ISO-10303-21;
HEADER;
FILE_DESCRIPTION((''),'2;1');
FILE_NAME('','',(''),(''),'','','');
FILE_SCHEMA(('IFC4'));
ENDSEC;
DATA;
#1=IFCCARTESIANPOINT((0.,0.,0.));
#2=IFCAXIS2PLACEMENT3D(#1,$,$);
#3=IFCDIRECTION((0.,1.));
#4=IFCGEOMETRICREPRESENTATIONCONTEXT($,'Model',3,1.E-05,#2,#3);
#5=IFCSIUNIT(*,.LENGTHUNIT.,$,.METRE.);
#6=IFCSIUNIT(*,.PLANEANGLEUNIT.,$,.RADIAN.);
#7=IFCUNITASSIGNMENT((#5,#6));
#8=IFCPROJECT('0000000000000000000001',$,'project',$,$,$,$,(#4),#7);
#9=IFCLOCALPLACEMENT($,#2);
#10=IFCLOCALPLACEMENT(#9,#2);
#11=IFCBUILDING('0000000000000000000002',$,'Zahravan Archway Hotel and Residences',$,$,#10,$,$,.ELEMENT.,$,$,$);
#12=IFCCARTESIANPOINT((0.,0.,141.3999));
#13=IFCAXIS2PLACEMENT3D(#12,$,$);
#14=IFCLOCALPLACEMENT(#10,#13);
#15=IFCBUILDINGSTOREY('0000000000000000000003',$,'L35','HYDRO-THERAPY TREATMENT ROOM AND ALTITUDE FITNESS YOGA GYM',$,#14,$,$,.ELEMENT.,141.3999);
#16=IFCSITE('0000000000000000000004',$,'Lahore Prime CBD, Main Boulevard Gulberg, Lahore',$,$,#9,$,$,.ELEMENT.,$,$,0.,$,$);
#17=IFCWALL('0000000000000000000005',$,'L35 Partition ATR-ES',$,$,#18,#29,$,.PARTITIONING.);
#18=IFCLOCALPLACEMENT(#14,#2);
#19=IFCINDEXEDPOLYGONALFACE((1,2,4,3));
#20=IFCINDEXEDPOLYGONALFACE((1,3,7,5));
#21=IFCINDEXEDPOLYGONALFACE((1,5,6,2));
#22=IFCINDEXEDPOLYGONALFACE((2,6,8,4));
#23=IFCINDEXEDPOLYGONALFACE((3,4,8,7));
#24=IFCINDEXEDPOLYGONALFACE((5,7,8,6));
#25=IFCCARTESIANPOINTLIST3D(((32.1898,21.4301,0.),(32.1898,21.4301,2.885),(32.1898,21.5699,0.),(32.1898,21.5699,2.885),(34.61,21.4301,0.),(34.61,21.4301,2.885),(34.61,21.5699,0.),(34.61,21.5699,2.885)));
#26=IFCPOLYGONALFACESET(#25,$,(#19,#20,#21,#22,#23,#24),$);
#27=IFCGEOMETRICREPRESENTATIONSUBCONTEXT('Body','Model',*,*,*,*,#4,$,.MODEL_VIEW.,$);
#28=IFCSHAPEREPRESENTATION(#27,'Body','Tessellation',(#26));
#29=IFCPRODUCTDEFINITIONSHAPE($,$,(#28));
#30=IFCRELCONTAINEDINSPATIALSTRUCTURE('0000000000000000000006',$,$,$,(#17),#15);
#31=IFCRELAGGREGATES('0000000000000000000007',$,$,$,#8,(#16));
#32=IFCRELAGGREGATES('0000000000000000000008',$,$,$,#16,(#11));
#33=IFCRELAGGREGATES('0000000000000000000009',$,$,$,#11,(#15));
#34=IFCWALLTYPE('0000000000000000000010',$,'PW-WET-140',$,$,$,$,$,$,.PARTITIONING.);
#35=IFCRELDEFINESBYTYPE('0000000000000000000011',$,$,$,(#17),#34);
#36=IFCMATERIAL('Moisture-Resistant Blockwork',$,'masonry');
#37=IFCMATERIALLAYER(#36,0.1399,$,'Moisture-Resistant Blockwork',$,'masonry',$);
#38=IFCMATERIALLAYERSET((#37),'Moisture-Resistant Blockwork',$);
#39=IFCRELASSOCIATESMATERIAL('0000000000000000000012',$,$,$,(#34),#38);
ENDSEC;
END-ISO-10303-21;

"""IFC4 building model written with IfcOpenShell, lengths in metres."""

from ifc_helpers import new_model, si_unit, direction, frame, frame_2d, origin, place, context, subcontext, project, spatial, rectangle, extrude, material, layer, layer_set, type_object, element, save


model = new_model("IFC4")

# Units and contexts
model_context = context("Model", 3, precision=1e-05, world=origin(), true_north=direction((0.0, 1.0)))
body_context = subcontext(model_context, "Body", "Model", "MODEL_VIEW")
ifc_project = project(units=[si_unit("LENGTHUNIT", "METRE"), si_unit("PLANEANGLEUNIT", "RADIAN")], contexts=[model_context])

# Site, building, storey
site_placement = place(None, origin())
site = spatial("IfcSite", under=ifc_project, at=site_placement, Name="Lahore Prime CBD, Main Boulevard Gulberg, Lahore", CompositionType="ELEMENT", RefElevation=0.0)
building_placement = place(site_placement, origin())
building = spatial("IfcBuilding", under=site, at=building_placement, Name="Zahravan Archway Hotel and Residences", CompositionType="ELEMENT")
storey_placement = place(building_placement, frame((0.0, 0.0, 141.3999)))
storey = spatial("IfcBuildingStorey", under=building, at=storey_placement, Name="L35", Description="HYDRO-THERAPY TREATMENT ROOM AND ALTITUDE FITNESS YOGA GYM", CompositionType="ELEMENT", Elevation=141.3999)

# Wall
ifc_material_1 = material(Name="Moisture-Resistant Blockwork", Category="masonry")
ifc_layer_1 = layer(ifc_material_1, 0.1399, Name="Moisture-Resistant Blockwork", Category="masonry")
ifc_layer_set_1 = layer_set([ifc_layer_1], Name="Moisture-Resistant Blockwork")
wall_type_1 = type_object("IfcWallType", Name="PW-WET-140", PredefinedType="PARTITIONING", material=ifc_layer_set_1)
wall_1_placement = place(storey_placement, frame((32.1899, 21.5, 0.0), z_axis=(0.0, 0.0, 1.0), x_axis=(1.0, 0.0, 0.0)))
element("IfcWall", 1, at=wall_1_placement, inside=storey, type_object=wall_type_1, Name="L35 Partition ATR-ES", PredefinedType="PARTITIONING", context=body_context, shape_type="SweptSolid", body=[
    extrude(rectangle(XDim=2.4202, YDim=0.1399, at=frame_2d((1.21, 0.0))), origin(), (0.0, 0.0, 1.0), 2.885),
])

save(model, "model.ifc")
